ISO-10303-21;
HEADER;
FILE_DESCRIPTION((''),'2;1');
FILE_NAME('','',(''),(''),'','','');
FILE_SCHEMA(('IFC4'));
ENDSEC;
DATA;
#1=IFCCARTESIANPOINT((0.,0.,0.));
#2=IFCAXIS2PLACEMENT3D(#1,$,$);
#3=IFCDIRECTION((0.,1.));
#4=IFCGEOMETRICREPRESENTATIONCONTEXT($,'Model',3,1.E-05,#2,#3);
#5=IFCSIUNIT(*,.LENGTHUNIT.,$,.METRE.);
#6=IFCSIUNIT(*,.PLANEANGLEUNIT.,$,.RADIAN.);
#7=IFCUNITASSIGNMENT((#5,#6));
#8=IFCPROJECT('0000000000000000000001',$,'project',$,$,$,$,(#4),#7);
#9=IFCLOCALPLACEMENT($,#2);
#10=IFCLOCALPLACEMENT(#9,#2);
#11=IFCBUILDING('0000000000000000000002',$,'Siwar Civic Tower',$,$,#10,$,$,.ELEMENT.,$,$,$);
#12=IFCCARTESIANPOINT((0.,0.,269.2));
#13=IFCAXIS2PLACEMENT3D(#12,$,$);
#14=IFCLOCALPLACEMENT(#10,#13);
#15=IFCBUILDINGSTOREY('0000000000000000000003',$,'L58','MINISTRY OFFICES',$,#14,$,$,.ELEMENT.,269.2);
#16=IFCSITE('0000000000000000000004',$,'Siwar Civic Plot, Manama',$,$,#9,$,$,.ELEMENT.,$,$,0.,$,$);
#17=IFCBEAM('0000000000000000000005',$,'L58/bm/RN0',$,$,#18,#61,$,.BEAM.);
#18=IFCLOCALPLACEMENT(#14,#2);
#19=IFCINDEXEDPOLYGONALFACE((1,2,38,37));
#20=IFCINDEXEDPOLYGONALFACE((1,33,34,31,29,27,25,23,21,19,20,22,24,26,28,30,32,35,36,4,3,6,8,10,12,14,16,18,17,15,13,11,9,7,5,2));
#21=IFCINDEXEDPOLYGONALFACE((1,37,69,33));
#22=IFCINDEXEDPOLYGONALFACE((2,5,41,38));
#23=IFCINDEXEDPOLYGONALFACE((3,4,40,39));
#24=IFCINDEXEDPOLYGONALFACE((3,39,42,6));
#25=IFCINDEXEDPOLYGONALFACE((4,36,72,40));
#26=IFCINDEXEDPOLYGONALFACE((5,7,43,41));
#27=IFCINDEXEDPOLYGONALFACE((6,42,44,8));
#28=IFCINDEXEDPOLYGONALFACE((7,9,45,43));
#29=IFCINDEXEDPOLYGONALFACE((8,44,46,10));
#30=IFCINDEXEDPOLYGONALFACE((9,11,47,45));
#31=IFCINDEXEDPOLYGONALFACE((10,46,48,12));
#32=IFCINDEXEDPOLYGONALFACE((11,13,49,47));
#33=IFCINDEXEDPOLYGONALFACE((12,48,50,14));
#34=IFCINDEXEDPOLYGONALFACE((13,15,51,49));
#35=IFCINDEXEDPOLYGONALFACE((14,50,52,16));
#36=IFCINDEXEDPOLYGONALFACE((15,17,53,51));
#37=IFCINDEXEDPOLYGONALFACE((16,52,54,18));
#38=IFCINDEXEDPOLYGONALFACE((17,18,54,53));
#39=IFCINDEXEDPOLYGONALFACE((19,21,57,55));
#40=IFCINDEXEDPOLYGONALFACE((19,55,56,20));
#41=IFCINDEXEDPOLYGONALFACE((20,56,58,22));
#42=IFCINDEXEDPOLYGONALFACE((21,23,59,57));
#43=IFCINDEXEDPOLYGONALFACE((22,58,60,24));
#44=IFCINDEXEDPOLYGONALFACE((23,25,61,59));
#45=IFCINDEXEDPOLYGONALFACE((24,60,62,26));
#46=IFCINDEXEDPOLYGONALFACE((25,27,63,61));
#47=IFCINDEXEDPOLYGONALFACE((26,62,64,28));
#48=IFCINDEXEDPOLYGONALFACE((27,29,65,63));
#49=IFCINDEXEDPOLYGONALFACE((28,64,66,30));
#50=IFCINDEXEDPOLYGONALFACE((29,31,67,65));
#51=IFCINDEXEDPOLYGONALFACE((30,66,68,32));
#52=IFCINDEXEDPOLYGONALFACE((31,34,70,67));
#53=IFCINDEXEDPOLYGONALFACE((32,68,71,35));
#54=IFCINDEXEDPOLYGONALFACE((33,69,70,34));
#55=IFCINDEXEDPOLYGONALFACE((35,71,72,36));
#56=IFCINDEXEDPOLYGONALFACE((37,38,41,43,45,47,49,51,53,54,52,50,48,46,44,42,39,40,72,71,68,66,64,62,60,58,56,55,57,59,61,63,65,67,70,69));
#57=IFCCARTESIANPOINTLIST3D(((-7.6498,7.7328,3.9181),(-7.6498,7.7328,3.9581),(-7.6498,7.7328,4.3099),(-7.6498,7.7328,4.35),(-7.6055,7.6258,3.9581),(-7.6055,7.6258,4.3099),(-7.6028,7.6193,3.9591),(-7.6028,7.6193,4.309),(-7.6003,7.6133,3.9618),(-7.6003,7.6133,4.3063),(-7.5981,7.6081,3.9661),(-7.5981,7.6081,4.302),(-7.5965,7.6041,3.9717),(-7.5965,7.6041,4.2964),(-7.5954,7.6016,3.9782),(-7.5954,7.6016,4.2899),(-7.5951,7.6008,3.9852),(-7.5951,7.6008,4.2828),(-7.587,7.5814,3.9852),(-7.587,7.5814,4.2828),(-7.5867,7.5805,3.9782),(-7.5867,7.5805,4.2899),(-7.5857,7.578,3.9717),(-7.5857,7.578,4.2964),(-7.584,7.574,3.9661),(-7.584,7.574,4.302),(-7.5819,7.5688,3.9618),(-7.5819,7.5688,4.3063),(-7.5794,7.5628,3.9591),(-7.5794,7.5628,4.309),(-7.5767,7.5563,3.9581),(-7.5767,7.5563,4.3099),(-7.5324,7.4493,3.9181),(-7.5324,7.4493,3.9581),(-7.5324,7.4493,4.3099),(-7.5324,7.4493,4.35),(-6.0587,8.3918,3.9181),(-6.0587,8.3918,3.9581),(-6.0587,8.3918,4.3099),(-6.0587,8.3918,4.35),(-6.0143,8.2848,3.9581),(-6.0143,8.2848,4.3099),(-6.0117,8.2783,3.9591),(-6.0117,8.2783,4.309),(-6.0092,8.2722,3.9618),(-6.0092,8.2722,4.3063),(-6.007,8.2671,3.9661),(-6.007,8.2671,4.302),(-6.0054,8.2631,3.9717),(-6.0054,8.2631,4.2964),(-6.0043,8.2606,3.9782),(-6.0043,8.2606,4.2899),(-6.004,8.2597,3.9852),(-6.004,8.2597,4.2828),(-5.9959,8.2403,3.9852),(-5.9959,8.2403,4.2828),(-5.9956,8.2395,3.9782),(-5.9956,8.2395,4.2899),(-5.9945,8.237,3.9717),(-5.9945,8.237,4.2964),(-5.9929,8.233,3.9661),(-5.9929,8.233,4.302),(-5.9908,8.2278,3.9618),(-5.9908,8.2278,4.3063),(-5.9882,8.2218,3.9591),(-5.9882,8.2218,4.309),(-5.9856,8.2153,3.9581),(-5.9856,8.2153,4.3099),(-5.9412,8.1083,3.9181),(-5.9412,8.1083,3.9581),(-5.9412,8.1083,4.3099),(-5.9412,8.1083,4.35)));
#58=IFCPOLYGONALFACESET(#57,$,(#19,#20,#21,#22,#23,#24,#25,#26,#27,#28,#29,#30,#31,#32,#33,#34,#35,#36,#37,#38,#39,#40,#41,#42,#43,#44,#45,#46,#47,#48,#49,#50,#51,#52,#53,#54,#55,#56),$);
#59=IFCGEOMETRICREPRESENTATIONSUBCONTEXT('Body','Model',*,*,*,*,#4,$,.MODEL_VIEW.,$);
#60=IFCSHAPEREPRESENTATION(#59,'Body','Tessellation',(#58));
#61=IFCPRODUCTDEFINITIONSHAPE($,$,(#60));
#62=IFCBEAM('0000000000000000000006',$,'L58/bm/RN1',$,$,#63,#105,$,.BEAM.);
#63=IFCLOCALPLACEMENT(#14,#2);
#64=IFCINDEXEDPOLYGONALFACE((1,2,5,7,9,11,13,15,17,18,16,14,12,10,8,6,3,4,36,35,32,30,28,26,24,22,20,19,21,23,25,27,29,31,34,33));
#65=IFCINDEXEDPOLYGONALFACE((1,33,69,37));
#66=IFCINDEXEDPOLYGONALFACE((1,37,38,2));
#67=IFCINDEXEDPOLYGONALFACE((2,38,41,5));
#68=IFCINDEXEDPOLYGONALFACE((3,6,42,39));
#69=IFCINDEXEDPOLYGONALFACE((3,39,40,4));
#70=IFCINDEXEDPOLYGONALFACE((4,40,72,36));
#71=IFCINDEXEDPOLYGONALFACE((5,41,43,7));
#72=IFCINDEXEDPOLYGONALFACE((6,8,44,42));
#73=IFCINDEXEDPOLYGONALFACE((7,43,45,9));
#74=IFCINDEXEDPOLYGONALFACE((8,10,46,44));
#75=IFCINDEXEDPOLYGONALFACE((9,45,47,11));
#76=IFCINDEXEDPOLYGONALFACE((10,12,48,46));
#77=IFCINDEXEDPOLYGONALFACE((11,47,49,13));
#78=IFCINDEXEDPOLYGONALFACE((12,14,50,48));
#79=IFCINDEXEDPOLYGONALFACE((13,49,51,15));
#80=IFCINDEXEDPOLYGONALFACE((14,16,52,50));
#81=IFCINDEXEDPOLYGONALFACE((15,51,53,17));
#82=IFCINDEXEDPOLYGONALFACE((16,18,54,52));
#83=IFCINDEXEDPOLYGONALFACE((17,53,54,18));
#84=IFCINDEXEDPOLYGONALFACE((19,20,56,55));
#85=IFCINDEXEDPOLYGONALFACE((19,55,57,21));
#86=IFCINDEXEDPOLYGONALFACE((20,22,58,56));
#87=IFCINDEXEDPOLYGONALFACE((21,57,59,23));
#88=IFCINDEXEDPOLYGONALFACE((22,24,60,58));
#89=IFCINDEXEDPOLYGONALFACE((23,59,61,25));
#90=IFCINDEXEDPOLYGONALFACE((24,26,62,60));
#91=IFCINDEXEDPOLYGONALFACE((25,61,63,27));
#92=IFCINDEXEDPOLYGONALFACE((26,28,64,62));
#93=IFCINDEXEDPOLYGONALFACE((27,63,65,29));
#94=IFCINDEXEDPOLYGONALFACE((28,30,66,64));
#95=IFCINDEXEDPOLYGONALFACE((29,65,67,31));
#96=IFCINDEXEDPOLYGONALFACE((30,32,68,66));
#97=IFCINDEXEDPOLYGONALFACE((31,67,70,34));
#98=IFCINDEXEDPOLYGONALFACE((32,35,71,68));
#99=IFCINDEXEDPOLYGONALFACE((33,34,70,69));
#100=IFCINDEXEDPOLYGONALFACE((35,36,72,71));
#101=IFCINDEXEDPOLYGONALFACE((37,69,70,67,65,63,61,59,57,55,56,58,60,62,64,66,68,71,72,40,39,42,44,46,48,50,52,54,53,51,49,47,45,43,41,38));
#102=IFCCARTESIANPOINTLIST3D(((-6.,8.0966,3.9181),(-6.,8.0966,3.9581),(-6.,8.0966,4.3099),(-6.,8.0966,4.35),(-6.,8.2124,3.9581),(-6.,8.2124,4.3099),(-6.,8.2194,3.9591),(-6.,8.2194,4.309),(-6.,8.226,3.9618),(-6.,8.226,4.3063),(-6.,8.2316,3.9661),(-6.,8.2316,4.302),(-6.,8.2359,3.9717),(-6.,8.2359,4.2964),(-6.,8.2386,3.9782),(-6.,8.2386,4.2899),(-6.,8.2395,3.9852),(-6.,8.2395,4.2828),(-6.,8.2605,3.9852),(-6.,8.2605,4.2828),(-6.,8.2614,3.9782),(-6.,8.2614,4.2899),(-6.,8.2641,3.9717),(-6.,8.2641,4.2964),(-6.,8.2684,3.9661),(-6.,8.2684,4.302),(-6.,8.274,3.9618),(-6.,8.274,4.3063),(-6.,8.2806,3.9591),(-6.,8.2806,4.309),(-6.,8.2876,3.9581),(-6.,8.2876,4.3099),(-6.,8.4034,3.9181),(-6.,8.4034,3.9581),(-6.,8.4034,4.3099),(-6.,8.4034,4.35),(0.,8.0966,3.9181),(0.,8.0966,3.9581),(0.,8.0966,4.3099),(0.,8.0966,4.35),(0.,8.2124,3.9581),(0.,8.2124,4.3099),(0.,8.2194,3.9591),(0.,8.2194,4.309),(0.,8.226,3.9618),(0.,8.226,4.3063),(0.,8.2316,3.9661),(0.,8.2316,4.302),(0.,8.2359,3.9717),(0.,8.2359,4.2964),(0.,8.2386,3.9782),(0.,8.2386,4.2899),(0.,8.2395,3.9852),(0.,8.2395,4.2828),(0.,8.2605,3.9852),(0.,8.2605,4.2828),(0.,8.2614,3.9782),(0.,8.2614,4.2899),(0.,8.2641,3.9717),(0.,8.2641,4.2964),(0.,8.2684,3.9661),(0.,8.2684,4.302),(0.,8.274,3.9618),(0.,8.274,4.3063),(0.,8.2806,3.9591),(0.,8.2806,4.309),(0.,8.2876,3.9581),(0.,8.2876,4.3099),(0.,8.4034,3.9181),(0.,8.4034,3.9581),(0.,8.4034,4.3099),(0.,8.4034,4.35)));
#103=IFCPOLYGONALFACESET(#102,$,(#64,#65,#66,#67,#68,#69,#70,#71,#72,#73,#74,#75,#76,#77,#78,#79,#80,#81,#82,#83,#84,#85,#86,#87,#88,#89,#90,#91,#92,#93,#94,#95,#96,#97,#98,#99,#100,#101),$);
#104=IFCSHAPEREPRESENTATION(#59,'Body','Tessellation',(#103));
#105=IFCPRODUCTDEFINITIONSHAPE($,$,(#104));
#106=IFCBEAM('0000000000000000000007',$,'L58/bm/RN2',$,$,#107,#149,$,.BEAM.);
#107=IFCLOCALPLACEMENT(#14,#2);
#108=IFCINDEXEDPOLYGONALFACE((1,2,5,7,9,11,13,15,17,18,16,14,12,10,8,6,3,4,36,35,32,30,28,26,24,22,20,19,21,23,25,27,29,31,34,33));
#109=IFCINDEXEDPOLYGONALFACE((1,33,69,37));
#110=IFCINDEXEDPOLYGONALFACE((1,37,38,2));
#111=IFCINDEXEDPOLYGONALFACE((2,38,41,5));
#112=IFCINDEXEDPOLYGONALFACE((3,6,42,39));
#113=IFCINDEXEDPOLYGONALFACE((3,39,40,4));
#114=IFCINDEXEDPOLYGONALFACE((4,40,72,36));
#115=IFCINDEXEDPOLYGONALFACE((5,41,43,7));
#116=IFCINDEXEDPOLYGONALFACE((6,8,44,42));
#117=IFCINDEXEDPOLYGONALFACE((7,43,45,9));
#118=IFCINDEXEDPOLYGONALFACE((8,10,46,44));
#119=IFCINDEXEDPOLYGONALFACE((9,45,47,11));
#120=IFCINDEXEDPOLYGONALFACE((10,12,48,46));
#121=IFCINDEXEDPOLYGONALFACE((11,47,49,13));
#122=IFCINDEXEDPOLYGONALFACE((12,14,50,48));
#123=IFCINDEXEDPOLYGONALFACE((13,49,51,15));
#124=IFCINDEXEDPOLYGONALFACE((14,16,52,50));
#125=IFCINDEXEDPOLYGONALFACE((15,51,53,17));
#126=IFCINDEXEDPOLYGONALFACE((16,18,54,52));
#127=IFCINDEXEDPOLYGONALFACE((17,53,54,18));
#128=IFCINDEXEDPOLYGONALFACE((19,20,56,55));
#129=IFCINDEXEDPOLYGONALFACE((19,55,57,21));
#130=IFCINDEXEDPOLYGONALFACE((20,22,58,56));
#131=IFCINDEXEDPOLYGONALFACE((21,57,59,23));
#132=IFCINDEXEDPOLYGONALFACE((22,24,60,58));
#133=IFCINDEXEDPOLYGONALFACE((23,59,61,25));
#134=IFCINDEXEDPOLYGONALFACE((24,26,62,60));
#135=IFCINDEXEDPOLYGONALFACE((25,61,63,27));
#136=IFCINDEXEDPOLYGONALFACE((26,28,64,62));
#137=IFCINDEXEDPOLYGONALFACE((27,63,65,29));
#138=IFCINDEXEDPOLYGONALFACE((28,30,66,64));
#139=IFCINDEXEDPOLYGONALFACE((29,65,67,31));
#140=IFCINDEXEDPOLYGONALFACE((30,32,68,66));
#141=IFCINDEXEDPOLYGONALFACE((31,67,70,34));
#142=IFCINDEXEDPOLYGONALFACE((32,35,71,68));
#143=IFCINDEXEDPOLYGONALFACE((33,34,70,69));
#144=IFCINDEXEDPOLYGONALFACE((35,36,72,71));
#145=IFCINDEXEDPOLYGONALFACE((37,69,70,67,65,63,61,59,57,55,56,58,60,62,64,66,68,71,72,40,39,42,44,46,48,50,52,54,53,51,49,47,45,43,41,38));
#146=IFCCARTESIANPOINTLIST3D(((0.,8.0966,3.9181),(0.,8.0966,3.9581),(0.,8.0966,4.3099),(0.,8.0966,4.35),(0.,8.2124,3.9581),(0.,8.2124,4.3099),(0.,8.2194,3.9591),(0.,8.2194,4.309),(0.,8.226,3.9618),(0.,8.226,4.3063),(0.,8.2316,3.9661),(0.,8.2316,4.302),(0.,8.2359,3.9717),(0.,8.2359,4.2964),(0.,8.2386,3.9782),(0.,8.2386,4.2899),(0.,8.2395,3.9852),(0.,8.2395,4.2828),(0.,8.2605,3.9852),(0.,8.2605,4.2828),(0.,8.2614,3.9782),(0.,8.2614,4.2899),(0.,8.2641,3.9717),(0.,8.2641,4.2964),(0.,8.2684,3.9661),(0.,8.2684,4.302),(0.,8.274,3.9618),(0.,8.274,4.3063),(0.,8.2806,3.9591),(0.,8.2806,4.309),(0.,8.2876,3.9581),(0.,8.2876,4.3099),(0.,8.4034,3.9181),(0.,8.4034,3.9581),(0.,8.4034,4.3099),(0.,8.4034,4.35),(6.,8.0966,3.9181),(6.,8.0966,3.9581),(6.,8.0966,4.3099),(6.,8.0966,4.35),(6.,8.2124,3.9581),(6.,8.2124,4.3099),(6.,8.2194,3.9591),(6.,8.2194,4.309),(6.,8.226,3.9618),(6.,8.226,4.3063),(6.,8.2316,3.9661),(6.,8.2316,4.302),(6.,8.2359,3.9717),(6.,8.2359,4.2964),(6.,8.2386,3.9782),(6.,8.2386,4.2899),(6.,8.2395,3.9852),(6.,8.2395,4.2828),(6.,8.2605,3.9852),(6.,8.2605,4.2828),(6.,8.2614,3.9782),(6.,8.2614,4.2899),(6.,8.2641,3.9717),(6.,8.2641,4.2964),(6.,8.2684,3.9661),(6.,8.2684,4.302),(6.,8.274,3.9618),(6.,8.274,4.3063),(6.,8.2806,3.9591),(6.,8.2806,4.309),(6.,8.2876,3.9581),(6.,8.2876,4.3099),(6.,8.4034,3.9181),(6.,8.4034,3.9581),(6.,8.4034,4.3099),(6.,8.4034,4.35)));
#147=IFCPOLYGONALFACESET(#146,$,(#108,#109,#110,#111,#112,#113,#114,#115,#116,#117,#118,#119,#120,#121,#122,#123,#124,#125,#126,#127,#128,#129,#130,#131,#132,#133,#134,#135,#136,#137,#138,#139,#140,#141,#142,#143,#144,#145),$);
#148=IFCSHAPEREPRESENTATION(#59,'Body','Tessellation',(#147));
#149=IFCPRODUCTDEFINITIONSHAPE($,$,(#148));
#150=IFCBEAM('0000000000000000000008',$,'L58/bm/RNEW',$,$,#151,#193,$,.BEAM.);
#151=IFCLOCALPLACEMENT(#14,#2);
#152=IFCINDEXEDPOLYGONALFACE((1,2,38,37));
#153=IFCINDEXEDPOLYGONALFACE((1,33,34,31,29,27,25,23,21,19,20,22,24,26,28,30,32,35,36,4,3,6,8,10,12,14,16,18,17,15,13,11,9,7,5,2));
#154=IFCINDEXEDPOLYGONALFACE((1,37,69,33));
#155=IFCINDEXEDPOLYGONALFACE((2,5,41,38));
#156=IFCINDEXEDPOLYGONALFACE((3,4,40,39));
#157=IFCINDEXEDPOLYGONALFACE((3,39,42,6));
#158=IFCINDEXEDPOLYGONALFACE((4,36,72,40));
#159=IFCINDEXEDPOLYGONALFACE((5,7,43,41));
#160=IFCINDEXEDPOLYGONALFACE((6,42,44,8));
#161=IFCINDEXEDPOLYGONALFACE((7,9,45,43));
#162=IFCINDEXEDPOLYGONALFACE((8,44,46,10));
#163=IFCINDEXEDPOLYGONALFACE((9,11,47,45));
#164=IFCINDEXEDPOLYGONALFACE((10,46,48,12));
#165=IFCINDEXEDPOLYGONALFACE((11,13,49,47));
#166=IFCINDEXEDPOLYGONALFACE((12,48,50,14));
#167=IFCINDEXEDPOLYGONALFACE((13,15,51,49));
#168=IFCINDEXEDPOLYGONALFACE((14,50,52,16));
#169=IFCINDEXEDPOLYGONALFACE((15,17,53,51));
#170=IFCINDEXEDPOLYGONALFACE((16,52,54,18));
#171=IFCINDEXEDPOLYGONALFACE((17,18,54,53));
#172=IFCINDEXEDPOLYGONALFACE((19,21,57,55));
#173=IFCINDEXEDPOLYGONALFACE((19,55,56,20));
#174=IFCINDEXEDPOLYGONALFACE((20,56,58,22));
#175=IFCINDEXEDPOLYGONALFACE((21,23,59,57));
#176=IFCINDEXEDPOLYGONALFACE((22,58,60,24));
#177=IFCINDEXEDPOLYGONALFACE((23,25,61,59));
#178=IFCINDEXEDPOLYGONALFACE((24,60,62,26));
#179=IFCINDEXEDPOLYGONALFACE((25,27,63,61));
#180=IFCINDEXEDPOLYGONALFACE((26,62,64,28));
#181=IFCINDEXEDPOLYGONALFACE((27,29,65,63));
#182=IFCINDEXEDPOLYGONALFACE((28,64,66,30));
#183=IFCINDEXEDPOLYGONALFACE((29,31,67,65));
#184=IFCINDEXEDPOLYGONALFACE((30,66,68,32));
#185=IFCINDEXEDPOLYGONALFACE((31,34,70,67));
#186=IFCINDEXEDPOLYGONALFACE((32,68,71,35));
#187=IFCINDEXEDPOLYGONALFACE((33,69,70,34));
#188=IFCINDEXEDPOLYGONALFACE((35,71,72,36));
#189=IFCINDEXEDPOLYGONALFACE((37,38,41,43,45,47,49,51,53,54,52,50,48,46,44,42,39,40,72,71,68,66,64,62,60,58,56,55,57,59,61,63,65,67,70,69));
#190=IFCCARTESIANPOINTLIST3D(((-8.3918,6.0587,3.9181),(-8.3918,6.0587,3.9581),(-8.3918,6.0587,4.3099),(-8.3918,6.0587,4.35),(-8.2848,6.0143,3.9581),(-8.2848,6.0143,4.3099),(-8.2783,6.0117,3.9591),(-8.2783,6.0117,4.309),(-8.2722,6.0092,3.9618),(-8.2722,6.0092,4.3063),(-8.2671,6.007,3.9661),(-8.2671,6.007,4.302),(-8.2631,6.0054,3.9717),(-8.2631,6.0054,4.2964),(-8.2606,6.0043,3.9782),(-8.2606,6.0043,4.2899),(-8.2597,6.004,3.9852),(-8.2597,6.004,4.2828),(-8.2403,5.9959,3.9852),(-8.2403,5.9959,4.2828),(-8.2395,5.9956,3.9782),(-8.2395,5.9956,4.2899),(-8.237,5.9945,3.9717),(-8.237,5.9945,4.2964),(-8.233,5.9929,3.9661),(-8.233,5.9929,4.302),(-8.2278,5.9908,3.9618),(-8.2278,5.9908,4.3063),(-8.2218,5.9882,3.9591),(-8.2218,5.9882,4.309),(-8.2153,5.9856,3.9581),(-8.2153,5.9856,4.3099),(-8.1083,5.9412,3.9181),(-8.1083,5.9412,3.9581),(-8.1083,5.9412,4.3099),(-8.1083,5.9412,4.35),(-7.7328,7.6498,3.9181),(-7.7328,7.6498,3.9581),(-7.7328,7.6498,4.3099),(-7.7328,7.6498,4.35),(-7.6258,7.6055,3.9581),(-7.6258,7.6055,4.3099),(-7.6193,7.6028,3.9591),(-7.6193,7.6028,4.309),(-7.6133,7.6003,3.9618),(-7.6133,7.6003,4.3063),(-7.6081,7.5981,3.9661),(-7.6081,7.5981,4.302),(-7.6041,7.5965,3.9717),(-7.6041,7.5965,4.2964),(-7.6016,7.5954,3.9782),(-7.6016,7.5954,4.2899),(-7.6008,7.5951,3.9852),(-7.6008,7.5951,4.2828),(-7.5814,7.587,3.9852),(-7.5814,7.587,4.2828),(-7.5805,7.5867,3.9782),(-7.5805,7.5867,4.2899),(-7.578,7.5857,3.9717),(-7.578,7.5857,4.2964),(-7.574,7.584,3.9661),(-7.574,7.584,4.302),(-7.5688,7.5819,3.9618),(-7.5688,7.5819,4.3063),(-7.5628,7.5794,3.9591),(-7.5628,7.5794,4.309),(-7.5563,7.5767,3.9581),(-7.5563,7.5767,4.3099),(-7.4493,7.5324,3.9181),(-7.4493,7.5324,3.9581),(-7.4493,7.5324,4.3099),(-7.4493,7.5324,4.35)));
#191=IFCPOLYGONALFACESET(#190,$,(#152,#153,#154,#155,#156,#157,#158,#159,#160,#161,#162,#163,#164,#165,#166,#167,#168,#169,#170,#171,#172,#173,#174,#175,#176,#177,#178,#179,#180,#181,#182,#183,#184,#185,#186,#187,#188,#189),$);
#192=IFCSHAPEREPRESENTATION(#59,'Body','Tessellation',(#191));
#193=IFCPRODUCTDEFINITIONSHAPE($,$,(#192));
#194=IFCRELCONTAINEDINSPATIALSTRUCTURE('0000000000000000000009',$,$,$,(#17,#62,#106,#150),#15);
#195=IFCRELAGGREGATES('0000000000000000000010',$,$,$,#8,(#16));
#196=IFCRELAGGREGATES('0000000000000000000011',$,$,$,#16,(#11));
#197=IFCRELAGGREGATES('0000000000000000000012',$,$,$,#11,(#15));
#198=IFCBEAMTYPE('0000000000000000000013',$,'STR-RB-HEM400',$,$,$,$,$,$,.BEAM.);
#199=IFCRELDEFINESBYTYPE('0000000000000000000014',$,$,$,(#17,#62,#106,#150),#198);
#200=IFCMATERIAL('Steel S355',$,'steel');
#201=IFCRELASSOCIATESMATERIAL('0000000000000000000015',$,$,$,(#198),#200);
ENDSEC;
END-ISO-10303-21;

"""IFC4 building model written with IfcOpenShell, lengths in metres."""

from ifc_helpers import new_model, si_unit, direction, frame, origin, origin_2d, place, context, subcontext, project, spatial, i_section, extrude, material, material_profile, profile_set, type_object, element, save


model = new_model("IFC4")

# Units and contexts
model_context = context("Model", 3, precision=1e-05, world=origin(), true_north=direction((0.0, 1.0)))
body_context = subcontext(model_context, "Body", "Model", "MODEL_VIEW")
ifc_project = project(units=[si_unit("LENGTHUNIT", "METRE"), si_unit("PLANEANGLEUNIT", "RADIAN")], contexts=[model_context])

# Site, building, storey
site_placement = place(None, origin())
site = spatial("IfcSite", under=ifc_project, at=site_placement, Name="Siwar Civic Plot, Manama", CompositionType="ELEMENT", RefElevation=0.0)
building_placement = place(site_placement, origin())
building = spatial("IfcBuilding", under=site, at=building_placement, Name="Siwar Civic Tower", CompositionType="ELEMENT")
storey_placement = place(building_placement, frame((0.0, 0.0, 269.2)))
storey = spatial("IfcBuildingStorey", under=building, at=storey_placement, Name="L58", Description="MINISTRY OFFICES", CompositionType="ELEMENT", Elevation=269.2)

# Beams
ifc_material_1 = material(Name="Steel S355", Category="steel")
ifc_material_profile_1 = material_profile(ifc_material_1, i_section(OverallWidth=0.3069, OverallDepth=0.4319, WebThickness=0.021, FlangeThickness=0.04, FilletRadius=0.0271, at=origin_2d()), Name="HEM400")
ifc_profile_set_1 = profile_set([ifc_material_profile_1], Name="Steel S355")
beam_type_1 = type_object("IfcBeamType", Name="STR-RB-HEM400", PredefinedType="BEAM", material=ifc_profile_set_1)
beam_1_placement = place(storey_placement, frame((-7.5911, 7.5911, 4.134), z_axis=(0.923901, 0.382631, 0.0), x_axis=(-0.382631, 0.923901, 0.0)))
element("IfcBeam", 1, at=beam_1_placement, inside=storey, type_object=beam_type_1, Name="L58/bm/RN0", PredefinedType="BEAM", context=body_context, shape_type="SweptSolid", body=[
    extrude(i_section(OverallWidth=0.3069, OverallDepth=0.4319, WebThickness=0.021, FlangeThickness=0.04, FilletRadius=0.0271, at=origin_2d()), origin(), (0.0, 0.0, 1.0), 1.7222),
])
for number, where, z_axis, x_axis, name in (
    (2, (-6.0, 8.25, 4.134), (1.0, 0.0, 0.0), (0.0, 1.0, 0.0), "L58/bm/RN1"),
    (3, (0.0, 8.25, 4.134), (1.0, 0.0, 0.0), (0.0, 1.0, 0.0), "L58/bm/RN2"),
):
    element("IfcBeam", number, at=place(storey_placement, frame(where, z_axis=z_axis, x_axis=x_axis)), inside=storey, type_object=beam_type_1, Name=name, PredefinedType="BEAM", context=body_context, shape_type="SweptSolid", body=[
        extrude(i_section(OverallWidth=0.3069, OverallDepth=0.4319, WebThickness=0.021, FlangeThickness=0.04, FilletRadius=0.0271, at=origin_2d()), origin(), (0.0, 0.0, 1.0), 6.0),
    ])
beam_2_placement = place(storey_placement, frame((-7.5911, 7.5911, 4.134), z_axis=(-0.382631, -0.923901, 0.0), x_axis=(0.923901, -0.382631, 0.0)))
element("IfcBeam", 4, at=beam_2_placement, inside=storey, type_object=beam_type_1, Name="L58/bm/RNEW", PredefinedType="BEAM", context=body_context, shape_type="SweptSolid", body=[
    extrude(i_section(OverallWidth=0.3069, OverallDepth=0.4319, WebThickness=0.021, FlangeThickness=0.04, FilletRadius=0.0271, at=origin_2d()), origin(), (0.0, 0.0, 1.0), 1.7222),
])

save(model, "model.ifc")
